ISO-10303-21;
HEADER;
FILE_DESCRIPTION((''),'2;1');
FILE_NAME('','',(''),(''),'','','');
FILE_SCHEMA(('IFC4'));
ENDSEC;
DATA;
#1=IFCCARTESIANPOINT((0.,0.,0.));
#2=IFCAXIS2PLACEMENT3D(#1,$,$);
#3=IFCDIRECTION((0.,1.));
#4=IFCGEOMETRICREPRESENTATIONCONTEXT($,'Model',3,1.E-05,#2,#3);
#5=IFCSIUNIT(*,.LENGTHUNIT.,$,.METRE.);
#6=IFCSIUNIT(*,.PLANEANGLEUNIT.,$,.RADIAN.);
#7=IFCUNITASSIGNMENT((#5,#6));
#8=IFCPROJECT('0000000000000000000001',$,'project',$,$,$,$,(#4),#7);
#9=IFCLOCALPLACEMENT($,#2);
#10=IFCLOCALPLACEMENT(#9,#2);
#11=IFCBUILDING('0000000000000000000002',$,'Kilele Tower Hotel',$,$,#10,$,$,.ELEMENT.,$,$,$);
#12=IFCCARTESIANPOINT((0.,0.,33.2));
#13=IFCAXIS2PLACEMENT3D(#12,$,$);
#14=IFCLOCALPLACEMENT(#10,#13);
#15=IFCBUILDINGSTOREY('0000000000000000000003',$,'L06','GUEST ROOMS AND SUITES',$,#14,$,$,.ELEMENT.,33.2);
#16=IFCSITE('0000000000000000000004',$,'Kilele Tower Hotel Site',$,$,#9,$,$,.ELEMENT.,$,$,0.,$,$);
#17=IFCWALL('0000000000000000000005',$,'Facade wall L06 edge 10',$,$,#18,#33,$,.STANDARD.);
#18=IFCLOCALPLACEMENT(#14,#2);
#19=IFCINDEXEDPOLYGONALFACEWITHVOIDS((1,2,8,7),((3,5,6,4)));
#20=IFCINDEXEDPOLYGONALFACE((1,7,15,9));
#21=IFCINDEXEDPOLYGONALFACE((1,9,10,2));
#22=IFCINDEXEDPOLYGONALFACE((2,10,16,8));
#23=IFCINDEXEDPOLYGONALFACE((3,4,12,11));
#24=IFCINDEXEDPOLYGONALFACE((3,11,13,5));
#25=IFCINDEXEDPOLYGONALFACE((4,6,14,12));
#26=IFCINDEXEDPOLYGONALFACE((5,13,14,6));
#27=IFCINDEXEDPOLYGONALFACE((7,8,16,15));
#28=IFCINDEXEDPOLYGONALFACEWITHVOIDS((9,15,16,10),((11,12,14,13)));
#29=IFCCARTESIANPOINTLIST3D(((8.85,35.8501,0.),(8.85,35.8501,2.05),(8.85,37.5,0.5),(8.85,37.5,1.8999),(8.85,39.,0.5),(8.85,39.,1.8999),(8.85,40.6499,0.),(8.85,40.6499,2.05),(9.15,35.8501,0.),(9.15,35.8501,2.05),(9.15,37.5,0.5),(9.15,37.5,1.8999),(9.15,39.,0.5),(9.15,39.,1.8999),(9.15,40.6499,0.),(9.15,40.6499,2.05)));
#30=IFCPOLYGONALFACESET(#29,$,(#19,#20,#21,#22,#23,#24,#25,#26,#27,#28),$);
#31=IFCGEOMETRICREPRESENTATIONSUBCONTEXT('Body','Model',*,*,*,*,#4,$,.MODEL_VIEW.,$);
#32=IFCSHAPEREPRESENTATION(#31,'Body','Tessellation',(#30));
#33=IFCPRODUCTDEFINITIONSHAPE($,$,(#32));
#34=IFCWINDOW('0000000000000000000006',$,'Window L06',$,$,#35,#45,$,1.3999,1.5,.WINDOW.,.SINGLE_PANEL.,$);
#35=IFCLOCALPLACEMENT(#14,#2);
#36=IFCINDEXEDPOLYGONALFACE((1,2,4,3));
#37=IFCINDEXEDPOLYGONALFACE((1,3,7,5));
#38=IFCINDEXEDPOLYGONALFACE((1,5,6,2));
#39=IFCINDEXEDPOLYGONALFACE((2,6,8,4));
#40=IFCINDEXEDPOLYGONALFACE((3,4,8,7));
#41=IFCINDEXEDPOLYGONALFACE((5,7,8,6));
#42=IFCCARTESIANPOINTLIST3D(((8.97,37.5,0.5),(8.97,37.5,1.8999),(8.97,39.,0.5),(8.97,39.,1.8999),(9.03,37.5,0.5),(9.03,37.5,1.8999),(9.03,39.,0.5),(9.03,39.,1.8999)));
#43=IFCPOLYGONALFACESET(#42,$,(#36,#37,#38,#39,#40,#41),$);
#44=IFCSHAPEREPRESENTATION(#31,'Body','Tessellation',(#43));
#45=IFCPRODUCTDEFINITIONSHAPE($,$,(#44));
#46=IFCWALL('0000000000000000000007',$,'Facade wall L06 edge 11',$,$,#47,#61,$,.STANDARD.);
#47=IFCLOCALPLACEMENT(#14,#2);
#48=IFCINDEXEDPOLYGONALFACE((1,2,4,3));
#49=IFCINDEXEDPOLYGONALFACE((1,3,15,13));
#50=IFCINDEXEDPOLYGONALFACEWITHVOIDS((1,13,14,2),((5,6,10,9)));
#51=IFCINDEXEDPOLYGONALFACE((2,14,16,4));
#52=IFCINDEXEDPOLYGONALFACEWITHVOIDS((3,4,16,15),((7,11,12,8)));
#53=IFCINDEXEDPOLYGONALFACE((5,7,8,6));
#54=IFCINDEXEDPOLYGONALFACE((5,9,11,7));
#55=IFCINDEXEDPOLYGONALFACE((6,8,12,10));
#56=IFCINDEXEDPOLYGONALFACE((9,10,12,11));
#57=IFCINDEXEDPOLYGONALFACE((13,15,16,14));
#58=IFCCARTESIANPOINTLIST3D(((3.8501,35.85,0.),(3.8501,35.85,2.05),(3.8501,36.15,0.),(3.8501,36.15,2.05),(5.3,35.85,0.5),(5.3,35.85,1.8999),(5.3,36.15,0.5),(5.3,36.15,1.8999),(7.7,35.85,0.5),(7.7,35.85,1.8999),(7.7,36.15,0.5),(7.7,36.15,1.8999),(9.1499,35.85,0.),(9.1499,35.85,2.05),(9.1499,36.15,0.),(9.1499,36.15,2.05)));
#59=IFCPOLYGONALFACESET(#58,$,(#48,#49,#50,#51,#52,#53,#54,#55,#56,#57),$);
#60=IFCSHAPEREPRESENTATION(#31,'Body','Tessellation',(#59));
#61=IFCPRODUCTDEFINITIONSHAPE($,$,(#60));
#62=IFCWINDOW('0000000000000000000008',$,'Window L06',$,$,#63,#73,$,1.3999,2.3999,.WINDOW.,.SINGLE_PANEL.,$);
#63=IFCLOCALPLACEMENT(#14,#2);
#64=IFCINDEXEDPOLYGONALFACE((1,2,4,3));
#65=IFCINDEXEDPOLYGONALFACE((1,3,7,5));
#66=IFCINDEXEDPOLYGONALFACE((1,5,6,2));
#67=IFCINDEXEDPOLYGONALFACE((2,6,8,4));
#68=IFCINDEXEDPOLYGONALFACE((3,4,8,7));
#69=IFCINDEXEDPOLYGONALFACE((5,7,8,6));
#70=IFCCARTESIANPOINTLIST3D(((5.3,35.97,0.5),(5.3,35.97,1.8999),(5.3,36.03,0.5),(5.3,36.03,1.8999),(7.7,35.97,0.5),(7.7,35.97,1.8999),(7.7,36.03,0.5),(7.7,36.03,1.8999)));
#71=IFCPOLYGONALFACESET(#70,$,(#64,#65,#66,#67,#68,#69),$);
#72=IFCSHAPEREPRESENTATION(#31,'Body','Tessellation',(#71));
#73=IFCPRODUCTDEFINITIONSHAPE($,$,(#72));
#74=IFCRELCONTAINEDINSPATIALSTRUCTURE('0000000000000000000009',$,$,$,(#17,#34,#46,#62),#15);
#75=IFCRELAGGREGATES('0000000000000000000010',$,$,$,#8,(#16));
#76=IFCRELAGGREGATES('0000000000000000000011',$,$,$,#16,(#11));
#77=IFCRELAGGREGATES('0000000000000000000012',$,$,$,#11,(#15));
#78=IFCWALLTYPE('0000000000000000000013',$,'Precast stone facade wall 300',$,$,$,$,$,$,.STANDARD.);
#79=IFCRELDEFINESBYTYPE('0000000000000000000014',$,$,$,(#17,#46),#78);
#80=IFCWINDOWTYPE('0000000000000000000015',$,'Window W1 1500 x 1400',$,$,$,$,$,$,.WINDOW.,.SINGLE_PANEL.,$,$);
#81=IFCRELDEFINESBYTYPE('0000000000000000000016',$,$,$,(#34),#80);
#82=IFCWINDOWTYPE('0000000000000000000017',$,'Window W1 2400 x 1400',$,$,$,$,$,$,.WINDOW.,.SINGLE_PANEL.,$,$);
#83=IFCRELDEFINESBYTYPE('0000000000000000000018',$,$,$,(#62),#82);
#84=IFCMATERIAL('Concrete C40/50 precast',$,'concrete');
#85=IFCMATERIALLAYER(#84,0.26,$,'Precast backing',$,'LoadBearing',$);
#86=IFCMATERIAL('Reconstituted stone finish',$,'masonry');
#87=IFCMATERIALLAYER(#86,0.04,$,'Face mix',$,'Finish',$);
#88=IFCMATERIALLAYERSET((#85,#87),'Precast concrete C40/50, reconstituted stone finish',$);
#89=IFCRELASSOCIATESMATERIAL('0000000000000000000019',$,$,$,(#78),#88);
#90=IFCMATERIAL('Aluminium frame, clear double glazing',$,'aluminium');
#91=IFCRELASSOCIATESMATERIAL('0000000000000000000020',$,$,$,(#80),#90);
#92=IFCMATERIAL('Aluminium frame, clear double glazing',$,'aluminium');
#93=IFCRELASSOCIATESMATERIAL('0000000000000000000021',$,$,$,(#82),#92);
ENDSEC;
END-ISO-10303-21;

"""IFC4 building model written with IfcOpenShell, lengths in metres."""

from ifc_helpers import new_model, si_unit, direction, frame, frame_2d, origin, place, context, subcontext, project, spatial, rectangle, extrude, material, layer, layer_set, type_object, element, fill, save


model = new_model("IFC4")

# Units and contexts
model_context = context("Model", 3, precision=1e-05, world=origin(), true_north=direction((0.0, 1.0)))
body_context = subcontext(model_context, "Body", "Model", "MODEL_VIEW")
ifc_project = project(units=[si_unit("LENGTHUNIT", "METRE"), si_unit("PLANEANGLEUNIT", "RADIAN")], contexts=[model_context])

# Site, building, storey
site_placement = place(None, origin())
site = spatial("IfcSite", under=ifc_project, at=site_placement, Name="Kilele Tower Hotel Site", CompositionType="ELEMENT", RefElevation=0.0)
building_placement = place(site_placement, origin())
building = spatial("IfcBuilding", under=site, at=building_placement, Name="Kilele Tower Hotel", CompositionType="ELEMENT")
storey_placement = place(building_placement, frame((0.0, 0.0, 33.2)))
storey = spatial("IfcBuildingStorey", under=building, at=storey_placement, Name="L06", Description="GUEST ROOMS AND SUITES", CompositionType="ELEMENT", Elevation=33.2)

# Walls, openings, windows
ifc_material_1 = material(Name="Concrete C40/50 precast", Category="concrete")
ifc_layer_1 = layer(ifc_material_1, 0.26, Name="Precast backing", Category="LoadBearing")
ifc_material_2 = material(Name="Reconstituted stone finish", Category="masonry")
ifc_layer_2 = layer(ifc_material_2, 0.04, Name="Face mix", Category="Finish")
ifc_layer_set_1 = layer_set([ifc_layer_1, ifc_layer_2], Name="Precast concrete C40/50, reconstituted stone finish")
wall_type_1 = type_object("IfcWallType", Name="Precast stone facade wall 300", PredefinedType="STANDARD", material=ifc_layer_set_1)
wall_1_placement = place(storey_placement, frame((9.0, 40.6499, 0.0), z_axis=(0.0, 0.0, 1.0), x_axis=(0.0, -1.0, 0.0)))
wall_1 = element("IfcWall", 1, at=wall_1_placement, inside=storey, type_object=wall_type_1, Name="Facade wall L06 edge 10", PredefinedType="STANDARD", context=body_context, shape_type="SweptSolid", body=[
    extrude(rectangle(XDim=4.7998, YDim=0.3, at=frame_2d((2.3999, 0.0))), origin(), (0.0, 0.0, 1.0), 2.05),
])
opening_1_placement = place(wall_1_placement, frame((1.6499, 0.0, 0.5)))
opening_1 = element("IfcOpeningElement", 2, at=opening_1_placement, cuts=wall_1, PredefinedType="OPENING", context=body_context, shape_type="SweptSolid", body=[
    extrude(rectangle(XDim=1.5, YDim=1.3999, at=frame_2d((0.75, 0.7))), frame((0.0, 0.1599, 0.0), z_axis=(0.0, -1.0, 0.0), x_axis=(1.0, 0.0, 0.0)), (0.0, 0.0, 1.0), 0.3201),
])
ifc_material_3 = material(Name="Aluminium frame, clear double glazing", Category="aluminium")
window_type_1 = type_object("IfcWindowType", Name="Window W1 1500 x 1400", PartitioningType="SINGLE_PANEL", PredefinedType="WINDOW", material=ifc_material_3)
window_1_placement = place(opening_1_placement, origin())
window_1 = element("IfcWindow", 3, at=window_1_placement, inside=storey, type_object=window_type_1, Name="Window L06", OverallHeight=1.3999, OverallWidth=1.5, PartitioningType="SINGLE_PANEL", PredefinedType="WINDOW", context=body_context, shape_type="SweptSolid", body=[
    extrude(rectangle(XDim=1.5, YDim=1.3999, at=frame_2d((0.75, 0.7))), frame((0.0, 0.03, 0.0), z_axis=(0.0, -1.0, 0.0), x_axis=(1.0, 0.0, 0.0)), (0.0, 0.0, 1.0), 0.0601),
])
fill(opening_1, window_1)
wall_2_placement = place(storey_placement, frame((9.1499, 36.0, 0.0), z_axis=(0.0, 0.0, 1.0), x_axis=(-1.0, 0.0, 0.0)))
wall_2 = element("IfcWall", 4, at=wall_2_placement, inside=storey, type_object=wall_type_1, Name="Facade wall L06 edge 11", PredefinedType="STANDARD", context=body_context, shape_type="SweptSolid", body=[
    extrude(rectangle(XDim=5.2998, YDim=0.3, at=frame_2d((2.6499, 0.0))), origin(), (0.0, 0.0, 1.0), 2.05),
])
opening_2_placement = place(wall_2_placement, frame((1.45, 0.0, 0.5)))
opening_2 = element("IfcOpeningElement", 5, at=opening_2_placement, cuts=wall_2, PredefinedType="OPENING", context=body_context, shape_type="SweptSolid", body=[
    extrude(rectangle(XDim=2.3999, YDim=1.3999, at=frame_2d((1.2, 0.7))), frame((0.0, 0.1599, 0.0), z_axis=(0.0, -1.0, 0.0), x_axis=(1.0, 0.0, 0.0)), (0.0, 0.0, 1.0), 0.3201),
])
ifc_material_4 = material(Name="Aluminium frame, clear double glazing", Category="aluminium")
window_type_2 = type_object("IfcWindowType", Name="Window W1 2400 x 1400", PartitioningType="SINGLE_PANEL", PredefinedType="WINDOW", material=ifc_material_4)
window_2_placement = place(opening_2_placement, origin())
window_2 = element("IfcWindow", 6, at=window_2_placement, inside=storey, type_object=window_type_2, Name="Window L06", OverallHeight=1.3999, OverallWidth=2.3999, PartitioningType="SINGLE_PANEL", PredefinedType="WINDOW", context=body_context, shape_type="SweptSolid", body=[
    extrude(rectangle(XDim=2.3999, YDim=1.3999, at=frame_2d((1.2, 0.7))), frame((0.0, 0.03, 0.0), z_axis=(0.0, -1.0, 0.0), x_axis=(1.0, 0.0, 0.0)), (0.0, 0.0, 1.0), 0.0601),
])
fill(opening_2, window_2)

save(model, "model.ifc")
